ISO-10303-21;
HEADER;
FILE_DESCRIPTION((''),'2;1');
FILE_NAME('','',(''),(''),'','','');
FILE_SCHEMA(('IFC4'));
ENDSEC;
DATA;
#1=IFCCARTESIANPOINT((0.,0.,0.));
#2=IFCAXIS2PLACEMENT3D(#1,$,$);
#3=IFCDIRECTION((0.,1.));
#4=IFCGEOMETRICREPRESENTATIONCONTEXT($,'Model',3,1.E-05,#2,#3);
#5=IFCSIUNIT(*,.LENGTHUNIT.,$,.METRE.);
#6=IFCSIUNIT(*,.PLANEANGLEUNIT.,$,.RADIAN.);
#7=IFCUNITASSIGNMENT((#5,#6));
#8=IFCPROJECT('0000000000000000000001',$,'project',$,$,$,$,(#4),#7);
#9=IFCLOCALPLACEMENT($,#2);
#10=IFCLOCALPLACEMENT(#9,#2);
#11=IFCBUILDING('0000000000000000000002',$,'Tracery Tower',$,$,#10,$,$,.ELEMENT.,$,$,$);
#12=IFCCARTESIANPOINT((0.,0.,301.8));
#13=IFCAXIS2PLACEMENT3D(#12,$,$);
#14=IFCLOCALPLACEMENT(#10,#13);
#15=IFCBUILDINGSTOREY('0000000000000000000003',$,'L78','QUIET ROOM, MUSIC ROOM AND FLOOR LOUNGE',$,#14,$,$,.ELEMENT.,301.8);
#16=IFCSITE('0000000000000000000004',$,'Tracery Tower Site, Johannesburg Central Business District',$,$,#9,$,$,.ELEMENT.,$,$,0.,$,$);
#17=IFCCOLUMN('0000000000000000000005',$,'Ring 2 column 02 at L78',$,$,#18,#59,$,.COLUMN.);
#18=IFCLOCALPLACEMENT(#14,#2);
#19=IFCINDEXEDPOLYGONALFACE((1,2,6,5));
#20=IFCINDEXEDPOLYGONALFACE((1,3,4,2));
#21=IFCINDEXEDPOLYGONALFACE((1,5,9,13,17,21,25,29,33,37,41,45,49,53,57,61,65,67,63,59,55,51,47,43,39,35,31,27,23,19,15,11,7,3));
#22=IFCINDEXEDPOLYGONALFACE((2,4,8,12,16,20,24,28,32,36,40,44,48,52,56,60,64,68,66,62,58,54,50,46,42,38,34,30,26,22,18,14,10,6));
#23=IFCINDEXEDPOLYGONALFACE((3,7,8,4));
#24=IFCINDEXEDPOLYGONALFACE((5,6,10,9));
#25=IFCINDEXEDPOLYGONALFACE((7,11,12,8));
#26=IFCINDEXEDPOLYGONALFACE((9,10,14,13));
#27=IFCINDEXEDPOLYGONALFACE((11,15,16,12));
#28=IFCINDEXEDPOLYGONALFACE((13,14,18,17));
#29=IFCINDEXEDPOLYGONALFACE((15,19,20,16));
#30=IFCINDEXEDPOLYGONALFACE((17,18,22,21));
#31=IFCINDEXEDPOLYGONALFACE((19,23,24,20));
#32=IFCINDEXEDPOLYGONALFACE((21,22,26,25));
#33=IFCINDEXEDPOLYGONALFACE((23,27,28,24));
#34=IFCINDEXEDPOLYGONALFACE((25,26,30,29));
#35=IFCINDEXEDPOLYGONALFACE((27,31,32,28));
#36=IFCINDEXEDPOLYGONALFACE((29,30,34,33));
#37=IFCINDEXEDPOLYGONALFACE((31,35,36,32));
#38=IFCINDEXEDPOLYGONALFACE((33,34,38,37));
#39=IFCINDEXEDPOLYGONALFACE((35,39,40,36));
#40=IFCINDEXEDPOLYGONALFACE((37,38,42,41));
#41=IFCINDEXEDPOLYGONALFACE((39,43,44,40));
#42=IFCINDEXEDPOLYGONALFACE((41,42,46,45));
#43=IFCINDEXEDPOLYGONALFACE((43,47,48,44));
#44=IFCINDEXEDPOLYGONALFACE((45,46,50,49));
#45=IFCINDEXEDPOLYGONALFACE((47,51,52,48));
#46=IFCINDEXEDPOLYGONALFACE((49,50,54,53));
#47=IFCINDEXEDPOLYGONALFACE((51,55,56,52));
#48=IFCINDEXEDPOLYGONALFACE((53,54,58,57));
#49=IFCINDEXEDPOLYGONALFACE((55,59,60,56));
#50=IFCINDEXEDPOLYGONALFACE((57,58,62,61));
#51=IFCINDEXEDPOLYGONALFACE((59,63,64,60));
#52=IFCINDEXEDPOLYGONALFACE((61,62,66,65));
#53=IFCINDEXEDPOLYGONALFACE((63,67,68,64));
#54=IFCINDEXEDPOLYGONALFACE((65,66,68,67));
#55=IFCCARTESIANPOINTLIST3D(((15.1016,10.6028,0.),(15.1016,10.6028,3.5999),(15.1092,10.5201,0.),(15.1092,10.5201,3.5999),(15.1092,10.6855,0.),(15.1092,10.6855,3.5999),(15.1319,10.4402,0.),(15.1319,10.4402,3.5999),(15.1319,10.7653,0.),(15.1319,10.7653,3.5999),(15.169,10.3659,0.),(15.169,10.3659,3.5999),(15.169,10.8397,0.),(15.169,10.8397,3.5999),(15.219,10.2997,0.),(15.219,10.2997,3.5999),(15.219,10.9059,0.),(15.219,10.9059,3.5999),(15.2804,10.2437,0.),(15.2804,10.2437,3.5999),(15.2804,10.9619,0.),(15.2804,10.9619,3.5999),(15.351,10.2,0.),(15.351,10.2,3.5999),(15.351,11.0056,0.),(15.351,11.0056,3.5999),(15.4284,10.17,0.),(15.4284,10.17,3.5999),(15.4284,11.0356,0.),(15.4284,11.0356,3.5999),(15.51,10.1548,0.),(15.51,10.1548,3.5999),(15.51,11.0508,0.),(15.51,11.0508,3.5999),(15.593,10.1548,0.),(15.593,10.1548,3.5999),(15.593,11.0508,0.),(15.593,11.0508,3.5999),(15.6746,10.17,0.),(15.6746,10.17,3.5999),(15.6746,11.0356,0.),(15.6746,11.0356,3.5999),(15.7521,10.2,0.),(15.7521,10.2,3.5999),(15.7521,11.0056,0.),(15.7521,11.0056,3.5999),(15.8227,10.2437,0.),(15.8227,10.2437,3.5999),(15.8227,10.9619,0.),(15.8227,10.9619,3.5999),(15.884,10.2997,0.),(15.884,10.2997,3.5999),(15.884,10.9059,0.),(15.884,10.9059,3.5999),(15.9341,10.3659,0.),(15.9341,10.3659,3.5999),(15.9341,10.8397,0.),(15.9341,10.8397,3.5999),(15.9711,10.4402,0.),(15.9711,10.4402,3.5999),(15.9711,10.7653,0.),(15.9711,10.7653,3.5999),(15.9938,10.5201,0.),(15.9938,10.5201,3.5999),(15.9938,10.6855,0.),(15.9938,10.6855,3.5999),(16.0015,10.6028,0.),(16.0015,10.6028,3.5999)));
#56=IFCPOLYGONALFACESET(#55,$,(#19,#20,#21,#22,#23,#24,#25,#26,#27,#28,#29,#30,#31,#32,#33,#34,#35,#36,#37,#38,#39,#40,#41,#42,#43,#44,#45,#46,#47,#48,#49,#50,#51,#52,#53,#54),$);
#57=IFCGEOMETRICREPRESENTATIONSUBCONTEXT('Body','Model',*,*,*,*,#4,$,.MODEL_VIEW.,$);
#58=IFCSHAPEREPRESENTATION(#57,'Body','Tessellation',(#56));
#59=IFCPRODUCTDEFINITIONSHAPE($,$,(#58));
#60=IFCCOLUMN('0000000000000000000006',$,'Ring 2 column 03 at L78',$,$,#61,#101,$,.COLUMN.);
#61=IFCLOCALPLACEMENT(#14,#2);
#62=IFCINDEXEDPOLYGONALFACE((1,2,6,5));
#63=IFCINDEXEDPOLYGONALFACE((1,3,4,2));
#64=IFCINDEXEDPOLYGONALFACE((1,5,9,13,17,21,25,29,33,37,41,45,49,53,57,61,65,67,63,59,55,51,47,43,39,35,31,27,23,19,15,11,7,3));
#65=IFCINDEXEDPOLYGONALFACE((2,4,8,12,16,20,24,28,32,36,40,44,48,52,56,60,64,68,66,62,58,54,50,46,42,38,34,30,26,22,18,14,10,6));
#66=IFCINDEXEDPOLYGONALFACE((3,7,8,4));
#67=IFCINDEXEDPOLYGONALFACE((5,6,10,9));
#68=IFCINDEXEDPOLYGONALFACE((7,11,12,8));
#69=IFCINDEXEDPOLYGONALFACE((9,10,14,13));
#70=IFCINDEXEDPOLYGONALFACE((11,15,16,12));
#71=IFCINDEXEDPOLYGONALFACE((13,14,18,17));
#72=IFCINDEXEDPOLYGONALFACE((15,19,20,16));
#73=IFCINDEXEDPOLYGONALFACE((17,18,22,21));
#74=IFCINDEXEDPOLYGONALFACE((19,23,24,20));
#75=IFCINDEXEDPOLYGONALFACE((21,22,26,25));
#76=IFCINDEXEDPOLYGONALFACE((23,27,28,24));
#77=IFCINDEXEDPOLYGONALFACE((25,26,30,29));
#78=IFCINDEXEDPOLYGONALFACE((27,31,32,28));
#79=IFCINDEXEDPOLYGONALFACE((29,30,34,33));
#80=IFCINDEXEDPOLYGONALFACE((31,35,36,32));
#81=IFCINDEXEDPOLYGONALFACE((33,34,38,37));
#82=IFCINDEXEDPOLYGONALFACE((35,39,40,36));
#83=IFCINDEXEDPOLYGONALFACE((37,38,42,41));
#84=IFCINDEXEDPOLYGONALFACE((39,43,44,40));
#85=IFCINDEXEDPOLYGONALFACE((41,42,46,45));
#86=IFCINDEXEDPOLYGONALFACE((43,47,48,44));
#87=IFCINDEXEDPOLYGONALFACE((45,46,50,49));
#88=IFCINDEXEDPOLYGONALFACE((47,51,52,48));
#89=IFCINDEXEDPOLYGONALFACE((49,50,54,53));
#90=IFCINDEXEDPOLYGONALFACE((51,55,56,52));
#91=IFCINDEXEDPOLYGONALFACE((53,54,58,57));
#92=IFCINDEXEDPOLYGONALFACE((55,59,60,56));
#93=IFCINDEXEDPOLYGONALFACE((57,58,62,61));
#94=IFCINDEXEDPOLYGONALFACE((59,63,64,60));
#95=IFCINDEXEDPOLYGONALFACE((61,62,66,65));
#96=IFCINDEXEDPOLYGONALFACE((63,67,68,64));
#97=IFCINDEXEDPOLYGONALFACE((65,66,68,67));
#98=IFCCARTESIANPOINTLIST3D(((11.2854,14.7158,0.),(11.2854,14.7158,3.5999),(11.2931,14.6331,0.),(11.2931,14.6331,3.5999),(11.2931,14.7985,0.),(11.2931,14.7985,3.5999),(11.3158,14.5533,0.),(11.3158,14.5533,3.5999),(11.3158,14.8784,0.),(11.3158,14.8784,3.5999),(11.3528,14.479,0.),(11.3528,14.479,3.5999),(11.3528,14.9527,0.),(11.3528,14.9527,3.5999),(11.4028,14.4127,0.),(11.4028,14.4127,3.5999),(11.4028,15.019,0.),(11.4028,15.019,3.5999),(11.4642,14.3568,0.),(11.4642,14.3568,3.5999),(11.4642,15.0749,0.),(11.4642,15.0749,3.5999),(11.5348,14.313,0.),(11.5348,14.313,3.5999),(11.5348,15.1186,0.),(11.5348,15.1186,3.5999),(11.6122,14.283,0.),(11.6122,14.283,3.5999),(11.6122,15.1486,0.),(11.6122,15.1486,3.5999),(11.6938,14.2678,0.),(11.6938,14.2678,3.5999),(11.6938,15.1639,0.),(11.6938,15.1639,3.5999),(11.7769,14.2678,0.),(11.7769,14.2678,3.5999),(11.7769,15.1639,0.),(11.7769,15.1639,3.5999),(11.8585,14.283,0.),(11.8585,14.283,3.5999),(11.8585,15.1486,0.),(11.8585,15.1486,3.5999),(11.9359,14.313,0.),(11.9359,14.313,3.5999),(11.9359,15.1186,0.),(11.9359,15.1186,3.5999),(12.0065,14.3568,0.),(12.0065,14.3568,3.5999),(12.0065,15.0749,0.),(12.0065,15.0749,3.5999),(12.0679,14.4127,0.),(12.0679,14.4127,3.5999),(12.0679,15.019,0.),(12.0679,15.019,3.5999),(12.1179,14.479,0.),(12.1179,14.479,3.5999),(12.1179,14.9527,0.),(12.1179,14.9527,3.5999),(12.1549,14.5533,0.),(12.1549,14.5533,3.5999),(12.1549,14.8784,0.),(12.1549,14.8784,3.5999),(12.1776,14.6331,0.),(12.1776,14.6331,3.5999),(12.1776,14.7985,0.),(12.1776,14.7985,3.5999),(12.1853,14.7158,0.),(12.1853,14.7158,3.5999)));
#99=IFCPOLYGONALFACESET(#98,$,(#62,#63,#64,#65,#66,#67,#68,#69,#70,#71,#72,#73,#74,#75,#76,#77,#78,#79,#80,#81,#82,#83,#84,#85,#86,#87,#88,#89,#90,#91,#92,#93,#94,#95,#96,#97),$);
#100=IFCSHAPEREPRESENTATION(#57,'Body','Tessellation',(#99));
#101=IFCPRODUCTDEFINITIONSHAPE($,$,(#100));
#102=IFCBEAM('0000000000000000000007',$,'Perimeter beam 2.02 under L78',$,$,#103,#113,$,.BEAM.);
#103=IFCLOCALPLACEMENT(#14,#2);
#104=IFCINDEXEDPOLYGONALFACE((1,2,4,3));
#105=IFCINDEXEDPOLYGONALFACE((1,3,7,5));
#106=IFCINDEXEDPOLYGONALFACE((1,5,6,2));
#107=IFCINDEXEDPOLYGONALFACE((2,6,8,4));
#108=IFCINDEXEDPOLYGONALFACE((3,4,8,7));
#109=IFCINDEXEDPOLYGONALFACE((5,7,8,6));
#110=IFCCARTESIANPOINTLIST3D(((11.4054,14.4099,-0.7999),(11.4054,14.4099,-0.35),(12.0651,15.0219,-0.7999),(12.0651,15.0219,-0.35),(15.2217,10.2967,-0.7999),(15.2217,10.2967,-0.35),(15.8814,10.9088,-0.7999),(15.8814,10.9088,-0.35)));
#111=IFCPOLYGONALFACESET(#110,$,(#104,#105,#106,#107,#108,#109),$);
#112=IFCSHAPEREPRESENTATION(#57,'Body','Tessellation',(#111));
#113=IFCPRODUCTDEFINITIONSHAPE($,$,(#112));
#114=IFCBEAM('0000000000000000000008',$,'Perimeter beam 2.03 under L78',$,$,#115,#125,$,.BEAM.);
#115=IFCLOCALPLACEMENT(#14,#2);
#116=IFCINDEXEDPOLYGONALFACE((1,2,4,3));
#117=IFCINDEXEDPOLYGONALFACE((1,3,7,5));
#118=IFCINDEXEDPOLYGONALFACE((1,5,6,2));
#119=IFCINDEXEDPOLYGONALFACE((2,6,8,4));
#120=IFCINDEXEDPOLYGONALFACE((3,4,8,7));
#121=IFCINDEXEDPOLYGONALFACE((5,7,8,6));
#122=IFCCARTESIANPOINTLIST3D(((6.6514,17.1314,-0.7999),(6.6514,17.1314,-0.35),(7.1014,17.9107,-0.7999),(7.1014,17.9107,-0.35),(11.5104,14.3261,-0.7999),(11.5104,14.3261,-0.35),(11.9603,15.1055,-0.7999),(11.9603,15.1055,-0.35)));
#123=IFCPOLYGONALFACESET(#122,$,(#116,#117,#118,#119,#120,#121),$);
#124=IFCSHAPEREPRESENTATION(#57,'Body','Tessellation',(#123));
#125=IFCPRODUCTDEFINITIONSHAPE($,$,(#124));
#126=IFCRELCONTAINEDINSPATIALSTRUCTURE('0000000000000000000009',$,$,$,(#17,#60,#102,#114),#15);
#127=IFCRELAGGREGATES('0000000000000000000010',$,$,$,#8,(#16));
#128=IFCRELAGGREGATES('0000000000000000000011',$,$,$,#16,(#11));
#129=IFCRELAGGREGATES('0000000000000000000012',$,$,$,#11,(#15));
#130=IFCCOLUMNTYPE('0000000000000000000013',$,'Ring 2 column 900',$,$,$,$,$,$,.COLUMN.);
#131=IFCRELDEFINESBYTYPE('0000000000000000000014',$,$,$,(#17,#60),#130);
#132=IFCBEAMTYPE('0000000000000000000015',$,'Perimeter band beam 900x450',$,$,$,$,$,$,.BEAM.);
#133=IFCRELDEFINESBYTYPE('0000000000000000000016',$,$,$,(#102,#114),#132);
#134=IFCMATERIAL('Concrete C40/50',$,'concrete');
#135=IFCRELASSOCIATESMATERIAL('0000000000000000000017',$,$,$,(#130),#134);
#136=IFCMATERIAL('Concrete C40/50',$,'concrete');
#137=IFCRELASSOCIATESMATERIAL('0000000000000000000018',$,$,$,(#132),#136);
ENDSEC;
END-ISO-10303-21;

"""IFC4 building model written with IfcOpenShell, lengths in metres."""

from ifc_helpers import new_model, si_unit, direction, frame, origin, origin_2d, place, context, subcontext, project, spatial, rectangle, circle, extrude, material, material_profile, profile_set, type_object, element, save


model = new_model("IFC4")

# Units and contexts
model_context = context("Model", 3, precision=1e-05, world=origin(), true_north=direction((0.0, 1.0)))
body_context = subcontext(model_context, "Body", "Model", "MODEL_VIEW")
ifc_project = project(units=[si_unit("LENGTHUNIT", "METRE"), si_unit("PLANEANGLEUNIT", "RADIAN")], contexts=[model_context])

# Site, building, storey
site_placement = place(None, origin())
site = spatial("IfcSite", under=ifc_project, at=site_placement, Name="Tracery Tower Site, Johannesburg Central Business District", CompositionType="ELEMENT", RefElevation=0.0)
building_placement = place(site_placement, origin())
building = spatial("IfcBuilding", under=site, at=building_placement, Name="Tracery Tower", CompositionType="ELEMENT")
storey_placement = place(building_placement, frame((0.0, 0.0, 301.8)))
storey = spatial("IfcBuildingStorey", under=building, at=storey_placement, Name="L78", Description="QUIET ROOM, MUSIC ROOM AND FLOOR LOUNGE", CompositionType="ELEMENT", Elevation=301.8)

# Columns
ifc_material_1 = material(Name="Concrete C40/50", Category="concrete")
ifc_material_profile_1 = material_profile(ifc_material_1, circle(Radius=0.45, at=origin_2d()), Name="RC D900")
ifc_profile_set_1 = profile_set([ifc_material_profile_1], Name="Concrete C40/50")
column_type = type_object("IfcColumnType", Name="Ring 2 column 900", PredefinedType="COLUMN", material=ifc_profile_set_1)
for number, where, z_axis, x_axis, name in (
    (1, (15.5515, 10.6028, 0.0), (0.0, 0.0, 1.0), (1.0, 0.0, 0.0), "Ring 2 column 02 at L78"),
    (2, (11.7354, 14.7158, 0.0), (0.0, 0.0, 1.0), (1.0, 0.0, 0.0), "Ring 2 column 03 at L78"),
):
    element("IfcColumn", number, at=place(storey_placement, frame(where, z_axis=z_axis, x_axis=x_axis)), inside=storey, type_object=column_type, Name=name, PredefinedType="COLUMN", context=body_context, shape_type="SweptSolid", body=[
        extrude(circle(Radius=0.45, at=origin_2d()), origin(), (0.0, 0.0, 1.0), 3.5999),
    ])

# Beams
ifc_material_2 = material(Name="Concrete C40/50", Category="concrete")
ifc_material_profile_2 = material_profile(ifc_material_2, rectangle(XDim=0.8999, YDim=0.45, at=origin_2d()), Name="RC 900x450")
ifc_profile_set_2 = profile_set([ifc_material_profile_2], Name="Concrete C40/50")
beam_type = type_object("IfcBeamType", Name="Perimeter band beam 900x450", PredefinedType="BEAM", material=ifc_profile_set_2)
beam_1_placement = place(storey_placement, frame((15.5515, 10.6028, -0.575), z_axis=(-0.680156, 0.733068, 0.0), x_axis=(-0.733068, -0.680156, 0.0)))
element("IfcBeam", 3, at=beam_1_placement, inside=storey, type_object=beam_type, Name="Perimeter beam 2.02 under L78", PredefinedType="BEAM", context=body_context, shape_type="SweptSolid", body=[
    extrude(rectangle(XDim=0.8999, YDim=0.45, at=origin_2d()), origin(), (0.0, 0.0, 1.0), 5.6108),
])
beam_2_placement = place(storey_placement, frame((11.7354, 14.7158, -0.575), z_axis=(-0.866033, 0.499986, 0.0), x_axis=(-0.499986, -0.866033, 0.0)))
element("IfcBeam", 4, at=beam_2_placement, inside=storey, type_object=beam_type, Name="Perimeter beam 2.03 under L78", PredefinedType="BEAM", context=body_context, shape_type="SweptSolid", body=[
    extrude(rectangle(XDim=0.8999, YDim=0.45, at=origin_2d()), origin(), (0.0, 0.0, 1.0), 5.6106),
])

save(model, "model.ifc")
